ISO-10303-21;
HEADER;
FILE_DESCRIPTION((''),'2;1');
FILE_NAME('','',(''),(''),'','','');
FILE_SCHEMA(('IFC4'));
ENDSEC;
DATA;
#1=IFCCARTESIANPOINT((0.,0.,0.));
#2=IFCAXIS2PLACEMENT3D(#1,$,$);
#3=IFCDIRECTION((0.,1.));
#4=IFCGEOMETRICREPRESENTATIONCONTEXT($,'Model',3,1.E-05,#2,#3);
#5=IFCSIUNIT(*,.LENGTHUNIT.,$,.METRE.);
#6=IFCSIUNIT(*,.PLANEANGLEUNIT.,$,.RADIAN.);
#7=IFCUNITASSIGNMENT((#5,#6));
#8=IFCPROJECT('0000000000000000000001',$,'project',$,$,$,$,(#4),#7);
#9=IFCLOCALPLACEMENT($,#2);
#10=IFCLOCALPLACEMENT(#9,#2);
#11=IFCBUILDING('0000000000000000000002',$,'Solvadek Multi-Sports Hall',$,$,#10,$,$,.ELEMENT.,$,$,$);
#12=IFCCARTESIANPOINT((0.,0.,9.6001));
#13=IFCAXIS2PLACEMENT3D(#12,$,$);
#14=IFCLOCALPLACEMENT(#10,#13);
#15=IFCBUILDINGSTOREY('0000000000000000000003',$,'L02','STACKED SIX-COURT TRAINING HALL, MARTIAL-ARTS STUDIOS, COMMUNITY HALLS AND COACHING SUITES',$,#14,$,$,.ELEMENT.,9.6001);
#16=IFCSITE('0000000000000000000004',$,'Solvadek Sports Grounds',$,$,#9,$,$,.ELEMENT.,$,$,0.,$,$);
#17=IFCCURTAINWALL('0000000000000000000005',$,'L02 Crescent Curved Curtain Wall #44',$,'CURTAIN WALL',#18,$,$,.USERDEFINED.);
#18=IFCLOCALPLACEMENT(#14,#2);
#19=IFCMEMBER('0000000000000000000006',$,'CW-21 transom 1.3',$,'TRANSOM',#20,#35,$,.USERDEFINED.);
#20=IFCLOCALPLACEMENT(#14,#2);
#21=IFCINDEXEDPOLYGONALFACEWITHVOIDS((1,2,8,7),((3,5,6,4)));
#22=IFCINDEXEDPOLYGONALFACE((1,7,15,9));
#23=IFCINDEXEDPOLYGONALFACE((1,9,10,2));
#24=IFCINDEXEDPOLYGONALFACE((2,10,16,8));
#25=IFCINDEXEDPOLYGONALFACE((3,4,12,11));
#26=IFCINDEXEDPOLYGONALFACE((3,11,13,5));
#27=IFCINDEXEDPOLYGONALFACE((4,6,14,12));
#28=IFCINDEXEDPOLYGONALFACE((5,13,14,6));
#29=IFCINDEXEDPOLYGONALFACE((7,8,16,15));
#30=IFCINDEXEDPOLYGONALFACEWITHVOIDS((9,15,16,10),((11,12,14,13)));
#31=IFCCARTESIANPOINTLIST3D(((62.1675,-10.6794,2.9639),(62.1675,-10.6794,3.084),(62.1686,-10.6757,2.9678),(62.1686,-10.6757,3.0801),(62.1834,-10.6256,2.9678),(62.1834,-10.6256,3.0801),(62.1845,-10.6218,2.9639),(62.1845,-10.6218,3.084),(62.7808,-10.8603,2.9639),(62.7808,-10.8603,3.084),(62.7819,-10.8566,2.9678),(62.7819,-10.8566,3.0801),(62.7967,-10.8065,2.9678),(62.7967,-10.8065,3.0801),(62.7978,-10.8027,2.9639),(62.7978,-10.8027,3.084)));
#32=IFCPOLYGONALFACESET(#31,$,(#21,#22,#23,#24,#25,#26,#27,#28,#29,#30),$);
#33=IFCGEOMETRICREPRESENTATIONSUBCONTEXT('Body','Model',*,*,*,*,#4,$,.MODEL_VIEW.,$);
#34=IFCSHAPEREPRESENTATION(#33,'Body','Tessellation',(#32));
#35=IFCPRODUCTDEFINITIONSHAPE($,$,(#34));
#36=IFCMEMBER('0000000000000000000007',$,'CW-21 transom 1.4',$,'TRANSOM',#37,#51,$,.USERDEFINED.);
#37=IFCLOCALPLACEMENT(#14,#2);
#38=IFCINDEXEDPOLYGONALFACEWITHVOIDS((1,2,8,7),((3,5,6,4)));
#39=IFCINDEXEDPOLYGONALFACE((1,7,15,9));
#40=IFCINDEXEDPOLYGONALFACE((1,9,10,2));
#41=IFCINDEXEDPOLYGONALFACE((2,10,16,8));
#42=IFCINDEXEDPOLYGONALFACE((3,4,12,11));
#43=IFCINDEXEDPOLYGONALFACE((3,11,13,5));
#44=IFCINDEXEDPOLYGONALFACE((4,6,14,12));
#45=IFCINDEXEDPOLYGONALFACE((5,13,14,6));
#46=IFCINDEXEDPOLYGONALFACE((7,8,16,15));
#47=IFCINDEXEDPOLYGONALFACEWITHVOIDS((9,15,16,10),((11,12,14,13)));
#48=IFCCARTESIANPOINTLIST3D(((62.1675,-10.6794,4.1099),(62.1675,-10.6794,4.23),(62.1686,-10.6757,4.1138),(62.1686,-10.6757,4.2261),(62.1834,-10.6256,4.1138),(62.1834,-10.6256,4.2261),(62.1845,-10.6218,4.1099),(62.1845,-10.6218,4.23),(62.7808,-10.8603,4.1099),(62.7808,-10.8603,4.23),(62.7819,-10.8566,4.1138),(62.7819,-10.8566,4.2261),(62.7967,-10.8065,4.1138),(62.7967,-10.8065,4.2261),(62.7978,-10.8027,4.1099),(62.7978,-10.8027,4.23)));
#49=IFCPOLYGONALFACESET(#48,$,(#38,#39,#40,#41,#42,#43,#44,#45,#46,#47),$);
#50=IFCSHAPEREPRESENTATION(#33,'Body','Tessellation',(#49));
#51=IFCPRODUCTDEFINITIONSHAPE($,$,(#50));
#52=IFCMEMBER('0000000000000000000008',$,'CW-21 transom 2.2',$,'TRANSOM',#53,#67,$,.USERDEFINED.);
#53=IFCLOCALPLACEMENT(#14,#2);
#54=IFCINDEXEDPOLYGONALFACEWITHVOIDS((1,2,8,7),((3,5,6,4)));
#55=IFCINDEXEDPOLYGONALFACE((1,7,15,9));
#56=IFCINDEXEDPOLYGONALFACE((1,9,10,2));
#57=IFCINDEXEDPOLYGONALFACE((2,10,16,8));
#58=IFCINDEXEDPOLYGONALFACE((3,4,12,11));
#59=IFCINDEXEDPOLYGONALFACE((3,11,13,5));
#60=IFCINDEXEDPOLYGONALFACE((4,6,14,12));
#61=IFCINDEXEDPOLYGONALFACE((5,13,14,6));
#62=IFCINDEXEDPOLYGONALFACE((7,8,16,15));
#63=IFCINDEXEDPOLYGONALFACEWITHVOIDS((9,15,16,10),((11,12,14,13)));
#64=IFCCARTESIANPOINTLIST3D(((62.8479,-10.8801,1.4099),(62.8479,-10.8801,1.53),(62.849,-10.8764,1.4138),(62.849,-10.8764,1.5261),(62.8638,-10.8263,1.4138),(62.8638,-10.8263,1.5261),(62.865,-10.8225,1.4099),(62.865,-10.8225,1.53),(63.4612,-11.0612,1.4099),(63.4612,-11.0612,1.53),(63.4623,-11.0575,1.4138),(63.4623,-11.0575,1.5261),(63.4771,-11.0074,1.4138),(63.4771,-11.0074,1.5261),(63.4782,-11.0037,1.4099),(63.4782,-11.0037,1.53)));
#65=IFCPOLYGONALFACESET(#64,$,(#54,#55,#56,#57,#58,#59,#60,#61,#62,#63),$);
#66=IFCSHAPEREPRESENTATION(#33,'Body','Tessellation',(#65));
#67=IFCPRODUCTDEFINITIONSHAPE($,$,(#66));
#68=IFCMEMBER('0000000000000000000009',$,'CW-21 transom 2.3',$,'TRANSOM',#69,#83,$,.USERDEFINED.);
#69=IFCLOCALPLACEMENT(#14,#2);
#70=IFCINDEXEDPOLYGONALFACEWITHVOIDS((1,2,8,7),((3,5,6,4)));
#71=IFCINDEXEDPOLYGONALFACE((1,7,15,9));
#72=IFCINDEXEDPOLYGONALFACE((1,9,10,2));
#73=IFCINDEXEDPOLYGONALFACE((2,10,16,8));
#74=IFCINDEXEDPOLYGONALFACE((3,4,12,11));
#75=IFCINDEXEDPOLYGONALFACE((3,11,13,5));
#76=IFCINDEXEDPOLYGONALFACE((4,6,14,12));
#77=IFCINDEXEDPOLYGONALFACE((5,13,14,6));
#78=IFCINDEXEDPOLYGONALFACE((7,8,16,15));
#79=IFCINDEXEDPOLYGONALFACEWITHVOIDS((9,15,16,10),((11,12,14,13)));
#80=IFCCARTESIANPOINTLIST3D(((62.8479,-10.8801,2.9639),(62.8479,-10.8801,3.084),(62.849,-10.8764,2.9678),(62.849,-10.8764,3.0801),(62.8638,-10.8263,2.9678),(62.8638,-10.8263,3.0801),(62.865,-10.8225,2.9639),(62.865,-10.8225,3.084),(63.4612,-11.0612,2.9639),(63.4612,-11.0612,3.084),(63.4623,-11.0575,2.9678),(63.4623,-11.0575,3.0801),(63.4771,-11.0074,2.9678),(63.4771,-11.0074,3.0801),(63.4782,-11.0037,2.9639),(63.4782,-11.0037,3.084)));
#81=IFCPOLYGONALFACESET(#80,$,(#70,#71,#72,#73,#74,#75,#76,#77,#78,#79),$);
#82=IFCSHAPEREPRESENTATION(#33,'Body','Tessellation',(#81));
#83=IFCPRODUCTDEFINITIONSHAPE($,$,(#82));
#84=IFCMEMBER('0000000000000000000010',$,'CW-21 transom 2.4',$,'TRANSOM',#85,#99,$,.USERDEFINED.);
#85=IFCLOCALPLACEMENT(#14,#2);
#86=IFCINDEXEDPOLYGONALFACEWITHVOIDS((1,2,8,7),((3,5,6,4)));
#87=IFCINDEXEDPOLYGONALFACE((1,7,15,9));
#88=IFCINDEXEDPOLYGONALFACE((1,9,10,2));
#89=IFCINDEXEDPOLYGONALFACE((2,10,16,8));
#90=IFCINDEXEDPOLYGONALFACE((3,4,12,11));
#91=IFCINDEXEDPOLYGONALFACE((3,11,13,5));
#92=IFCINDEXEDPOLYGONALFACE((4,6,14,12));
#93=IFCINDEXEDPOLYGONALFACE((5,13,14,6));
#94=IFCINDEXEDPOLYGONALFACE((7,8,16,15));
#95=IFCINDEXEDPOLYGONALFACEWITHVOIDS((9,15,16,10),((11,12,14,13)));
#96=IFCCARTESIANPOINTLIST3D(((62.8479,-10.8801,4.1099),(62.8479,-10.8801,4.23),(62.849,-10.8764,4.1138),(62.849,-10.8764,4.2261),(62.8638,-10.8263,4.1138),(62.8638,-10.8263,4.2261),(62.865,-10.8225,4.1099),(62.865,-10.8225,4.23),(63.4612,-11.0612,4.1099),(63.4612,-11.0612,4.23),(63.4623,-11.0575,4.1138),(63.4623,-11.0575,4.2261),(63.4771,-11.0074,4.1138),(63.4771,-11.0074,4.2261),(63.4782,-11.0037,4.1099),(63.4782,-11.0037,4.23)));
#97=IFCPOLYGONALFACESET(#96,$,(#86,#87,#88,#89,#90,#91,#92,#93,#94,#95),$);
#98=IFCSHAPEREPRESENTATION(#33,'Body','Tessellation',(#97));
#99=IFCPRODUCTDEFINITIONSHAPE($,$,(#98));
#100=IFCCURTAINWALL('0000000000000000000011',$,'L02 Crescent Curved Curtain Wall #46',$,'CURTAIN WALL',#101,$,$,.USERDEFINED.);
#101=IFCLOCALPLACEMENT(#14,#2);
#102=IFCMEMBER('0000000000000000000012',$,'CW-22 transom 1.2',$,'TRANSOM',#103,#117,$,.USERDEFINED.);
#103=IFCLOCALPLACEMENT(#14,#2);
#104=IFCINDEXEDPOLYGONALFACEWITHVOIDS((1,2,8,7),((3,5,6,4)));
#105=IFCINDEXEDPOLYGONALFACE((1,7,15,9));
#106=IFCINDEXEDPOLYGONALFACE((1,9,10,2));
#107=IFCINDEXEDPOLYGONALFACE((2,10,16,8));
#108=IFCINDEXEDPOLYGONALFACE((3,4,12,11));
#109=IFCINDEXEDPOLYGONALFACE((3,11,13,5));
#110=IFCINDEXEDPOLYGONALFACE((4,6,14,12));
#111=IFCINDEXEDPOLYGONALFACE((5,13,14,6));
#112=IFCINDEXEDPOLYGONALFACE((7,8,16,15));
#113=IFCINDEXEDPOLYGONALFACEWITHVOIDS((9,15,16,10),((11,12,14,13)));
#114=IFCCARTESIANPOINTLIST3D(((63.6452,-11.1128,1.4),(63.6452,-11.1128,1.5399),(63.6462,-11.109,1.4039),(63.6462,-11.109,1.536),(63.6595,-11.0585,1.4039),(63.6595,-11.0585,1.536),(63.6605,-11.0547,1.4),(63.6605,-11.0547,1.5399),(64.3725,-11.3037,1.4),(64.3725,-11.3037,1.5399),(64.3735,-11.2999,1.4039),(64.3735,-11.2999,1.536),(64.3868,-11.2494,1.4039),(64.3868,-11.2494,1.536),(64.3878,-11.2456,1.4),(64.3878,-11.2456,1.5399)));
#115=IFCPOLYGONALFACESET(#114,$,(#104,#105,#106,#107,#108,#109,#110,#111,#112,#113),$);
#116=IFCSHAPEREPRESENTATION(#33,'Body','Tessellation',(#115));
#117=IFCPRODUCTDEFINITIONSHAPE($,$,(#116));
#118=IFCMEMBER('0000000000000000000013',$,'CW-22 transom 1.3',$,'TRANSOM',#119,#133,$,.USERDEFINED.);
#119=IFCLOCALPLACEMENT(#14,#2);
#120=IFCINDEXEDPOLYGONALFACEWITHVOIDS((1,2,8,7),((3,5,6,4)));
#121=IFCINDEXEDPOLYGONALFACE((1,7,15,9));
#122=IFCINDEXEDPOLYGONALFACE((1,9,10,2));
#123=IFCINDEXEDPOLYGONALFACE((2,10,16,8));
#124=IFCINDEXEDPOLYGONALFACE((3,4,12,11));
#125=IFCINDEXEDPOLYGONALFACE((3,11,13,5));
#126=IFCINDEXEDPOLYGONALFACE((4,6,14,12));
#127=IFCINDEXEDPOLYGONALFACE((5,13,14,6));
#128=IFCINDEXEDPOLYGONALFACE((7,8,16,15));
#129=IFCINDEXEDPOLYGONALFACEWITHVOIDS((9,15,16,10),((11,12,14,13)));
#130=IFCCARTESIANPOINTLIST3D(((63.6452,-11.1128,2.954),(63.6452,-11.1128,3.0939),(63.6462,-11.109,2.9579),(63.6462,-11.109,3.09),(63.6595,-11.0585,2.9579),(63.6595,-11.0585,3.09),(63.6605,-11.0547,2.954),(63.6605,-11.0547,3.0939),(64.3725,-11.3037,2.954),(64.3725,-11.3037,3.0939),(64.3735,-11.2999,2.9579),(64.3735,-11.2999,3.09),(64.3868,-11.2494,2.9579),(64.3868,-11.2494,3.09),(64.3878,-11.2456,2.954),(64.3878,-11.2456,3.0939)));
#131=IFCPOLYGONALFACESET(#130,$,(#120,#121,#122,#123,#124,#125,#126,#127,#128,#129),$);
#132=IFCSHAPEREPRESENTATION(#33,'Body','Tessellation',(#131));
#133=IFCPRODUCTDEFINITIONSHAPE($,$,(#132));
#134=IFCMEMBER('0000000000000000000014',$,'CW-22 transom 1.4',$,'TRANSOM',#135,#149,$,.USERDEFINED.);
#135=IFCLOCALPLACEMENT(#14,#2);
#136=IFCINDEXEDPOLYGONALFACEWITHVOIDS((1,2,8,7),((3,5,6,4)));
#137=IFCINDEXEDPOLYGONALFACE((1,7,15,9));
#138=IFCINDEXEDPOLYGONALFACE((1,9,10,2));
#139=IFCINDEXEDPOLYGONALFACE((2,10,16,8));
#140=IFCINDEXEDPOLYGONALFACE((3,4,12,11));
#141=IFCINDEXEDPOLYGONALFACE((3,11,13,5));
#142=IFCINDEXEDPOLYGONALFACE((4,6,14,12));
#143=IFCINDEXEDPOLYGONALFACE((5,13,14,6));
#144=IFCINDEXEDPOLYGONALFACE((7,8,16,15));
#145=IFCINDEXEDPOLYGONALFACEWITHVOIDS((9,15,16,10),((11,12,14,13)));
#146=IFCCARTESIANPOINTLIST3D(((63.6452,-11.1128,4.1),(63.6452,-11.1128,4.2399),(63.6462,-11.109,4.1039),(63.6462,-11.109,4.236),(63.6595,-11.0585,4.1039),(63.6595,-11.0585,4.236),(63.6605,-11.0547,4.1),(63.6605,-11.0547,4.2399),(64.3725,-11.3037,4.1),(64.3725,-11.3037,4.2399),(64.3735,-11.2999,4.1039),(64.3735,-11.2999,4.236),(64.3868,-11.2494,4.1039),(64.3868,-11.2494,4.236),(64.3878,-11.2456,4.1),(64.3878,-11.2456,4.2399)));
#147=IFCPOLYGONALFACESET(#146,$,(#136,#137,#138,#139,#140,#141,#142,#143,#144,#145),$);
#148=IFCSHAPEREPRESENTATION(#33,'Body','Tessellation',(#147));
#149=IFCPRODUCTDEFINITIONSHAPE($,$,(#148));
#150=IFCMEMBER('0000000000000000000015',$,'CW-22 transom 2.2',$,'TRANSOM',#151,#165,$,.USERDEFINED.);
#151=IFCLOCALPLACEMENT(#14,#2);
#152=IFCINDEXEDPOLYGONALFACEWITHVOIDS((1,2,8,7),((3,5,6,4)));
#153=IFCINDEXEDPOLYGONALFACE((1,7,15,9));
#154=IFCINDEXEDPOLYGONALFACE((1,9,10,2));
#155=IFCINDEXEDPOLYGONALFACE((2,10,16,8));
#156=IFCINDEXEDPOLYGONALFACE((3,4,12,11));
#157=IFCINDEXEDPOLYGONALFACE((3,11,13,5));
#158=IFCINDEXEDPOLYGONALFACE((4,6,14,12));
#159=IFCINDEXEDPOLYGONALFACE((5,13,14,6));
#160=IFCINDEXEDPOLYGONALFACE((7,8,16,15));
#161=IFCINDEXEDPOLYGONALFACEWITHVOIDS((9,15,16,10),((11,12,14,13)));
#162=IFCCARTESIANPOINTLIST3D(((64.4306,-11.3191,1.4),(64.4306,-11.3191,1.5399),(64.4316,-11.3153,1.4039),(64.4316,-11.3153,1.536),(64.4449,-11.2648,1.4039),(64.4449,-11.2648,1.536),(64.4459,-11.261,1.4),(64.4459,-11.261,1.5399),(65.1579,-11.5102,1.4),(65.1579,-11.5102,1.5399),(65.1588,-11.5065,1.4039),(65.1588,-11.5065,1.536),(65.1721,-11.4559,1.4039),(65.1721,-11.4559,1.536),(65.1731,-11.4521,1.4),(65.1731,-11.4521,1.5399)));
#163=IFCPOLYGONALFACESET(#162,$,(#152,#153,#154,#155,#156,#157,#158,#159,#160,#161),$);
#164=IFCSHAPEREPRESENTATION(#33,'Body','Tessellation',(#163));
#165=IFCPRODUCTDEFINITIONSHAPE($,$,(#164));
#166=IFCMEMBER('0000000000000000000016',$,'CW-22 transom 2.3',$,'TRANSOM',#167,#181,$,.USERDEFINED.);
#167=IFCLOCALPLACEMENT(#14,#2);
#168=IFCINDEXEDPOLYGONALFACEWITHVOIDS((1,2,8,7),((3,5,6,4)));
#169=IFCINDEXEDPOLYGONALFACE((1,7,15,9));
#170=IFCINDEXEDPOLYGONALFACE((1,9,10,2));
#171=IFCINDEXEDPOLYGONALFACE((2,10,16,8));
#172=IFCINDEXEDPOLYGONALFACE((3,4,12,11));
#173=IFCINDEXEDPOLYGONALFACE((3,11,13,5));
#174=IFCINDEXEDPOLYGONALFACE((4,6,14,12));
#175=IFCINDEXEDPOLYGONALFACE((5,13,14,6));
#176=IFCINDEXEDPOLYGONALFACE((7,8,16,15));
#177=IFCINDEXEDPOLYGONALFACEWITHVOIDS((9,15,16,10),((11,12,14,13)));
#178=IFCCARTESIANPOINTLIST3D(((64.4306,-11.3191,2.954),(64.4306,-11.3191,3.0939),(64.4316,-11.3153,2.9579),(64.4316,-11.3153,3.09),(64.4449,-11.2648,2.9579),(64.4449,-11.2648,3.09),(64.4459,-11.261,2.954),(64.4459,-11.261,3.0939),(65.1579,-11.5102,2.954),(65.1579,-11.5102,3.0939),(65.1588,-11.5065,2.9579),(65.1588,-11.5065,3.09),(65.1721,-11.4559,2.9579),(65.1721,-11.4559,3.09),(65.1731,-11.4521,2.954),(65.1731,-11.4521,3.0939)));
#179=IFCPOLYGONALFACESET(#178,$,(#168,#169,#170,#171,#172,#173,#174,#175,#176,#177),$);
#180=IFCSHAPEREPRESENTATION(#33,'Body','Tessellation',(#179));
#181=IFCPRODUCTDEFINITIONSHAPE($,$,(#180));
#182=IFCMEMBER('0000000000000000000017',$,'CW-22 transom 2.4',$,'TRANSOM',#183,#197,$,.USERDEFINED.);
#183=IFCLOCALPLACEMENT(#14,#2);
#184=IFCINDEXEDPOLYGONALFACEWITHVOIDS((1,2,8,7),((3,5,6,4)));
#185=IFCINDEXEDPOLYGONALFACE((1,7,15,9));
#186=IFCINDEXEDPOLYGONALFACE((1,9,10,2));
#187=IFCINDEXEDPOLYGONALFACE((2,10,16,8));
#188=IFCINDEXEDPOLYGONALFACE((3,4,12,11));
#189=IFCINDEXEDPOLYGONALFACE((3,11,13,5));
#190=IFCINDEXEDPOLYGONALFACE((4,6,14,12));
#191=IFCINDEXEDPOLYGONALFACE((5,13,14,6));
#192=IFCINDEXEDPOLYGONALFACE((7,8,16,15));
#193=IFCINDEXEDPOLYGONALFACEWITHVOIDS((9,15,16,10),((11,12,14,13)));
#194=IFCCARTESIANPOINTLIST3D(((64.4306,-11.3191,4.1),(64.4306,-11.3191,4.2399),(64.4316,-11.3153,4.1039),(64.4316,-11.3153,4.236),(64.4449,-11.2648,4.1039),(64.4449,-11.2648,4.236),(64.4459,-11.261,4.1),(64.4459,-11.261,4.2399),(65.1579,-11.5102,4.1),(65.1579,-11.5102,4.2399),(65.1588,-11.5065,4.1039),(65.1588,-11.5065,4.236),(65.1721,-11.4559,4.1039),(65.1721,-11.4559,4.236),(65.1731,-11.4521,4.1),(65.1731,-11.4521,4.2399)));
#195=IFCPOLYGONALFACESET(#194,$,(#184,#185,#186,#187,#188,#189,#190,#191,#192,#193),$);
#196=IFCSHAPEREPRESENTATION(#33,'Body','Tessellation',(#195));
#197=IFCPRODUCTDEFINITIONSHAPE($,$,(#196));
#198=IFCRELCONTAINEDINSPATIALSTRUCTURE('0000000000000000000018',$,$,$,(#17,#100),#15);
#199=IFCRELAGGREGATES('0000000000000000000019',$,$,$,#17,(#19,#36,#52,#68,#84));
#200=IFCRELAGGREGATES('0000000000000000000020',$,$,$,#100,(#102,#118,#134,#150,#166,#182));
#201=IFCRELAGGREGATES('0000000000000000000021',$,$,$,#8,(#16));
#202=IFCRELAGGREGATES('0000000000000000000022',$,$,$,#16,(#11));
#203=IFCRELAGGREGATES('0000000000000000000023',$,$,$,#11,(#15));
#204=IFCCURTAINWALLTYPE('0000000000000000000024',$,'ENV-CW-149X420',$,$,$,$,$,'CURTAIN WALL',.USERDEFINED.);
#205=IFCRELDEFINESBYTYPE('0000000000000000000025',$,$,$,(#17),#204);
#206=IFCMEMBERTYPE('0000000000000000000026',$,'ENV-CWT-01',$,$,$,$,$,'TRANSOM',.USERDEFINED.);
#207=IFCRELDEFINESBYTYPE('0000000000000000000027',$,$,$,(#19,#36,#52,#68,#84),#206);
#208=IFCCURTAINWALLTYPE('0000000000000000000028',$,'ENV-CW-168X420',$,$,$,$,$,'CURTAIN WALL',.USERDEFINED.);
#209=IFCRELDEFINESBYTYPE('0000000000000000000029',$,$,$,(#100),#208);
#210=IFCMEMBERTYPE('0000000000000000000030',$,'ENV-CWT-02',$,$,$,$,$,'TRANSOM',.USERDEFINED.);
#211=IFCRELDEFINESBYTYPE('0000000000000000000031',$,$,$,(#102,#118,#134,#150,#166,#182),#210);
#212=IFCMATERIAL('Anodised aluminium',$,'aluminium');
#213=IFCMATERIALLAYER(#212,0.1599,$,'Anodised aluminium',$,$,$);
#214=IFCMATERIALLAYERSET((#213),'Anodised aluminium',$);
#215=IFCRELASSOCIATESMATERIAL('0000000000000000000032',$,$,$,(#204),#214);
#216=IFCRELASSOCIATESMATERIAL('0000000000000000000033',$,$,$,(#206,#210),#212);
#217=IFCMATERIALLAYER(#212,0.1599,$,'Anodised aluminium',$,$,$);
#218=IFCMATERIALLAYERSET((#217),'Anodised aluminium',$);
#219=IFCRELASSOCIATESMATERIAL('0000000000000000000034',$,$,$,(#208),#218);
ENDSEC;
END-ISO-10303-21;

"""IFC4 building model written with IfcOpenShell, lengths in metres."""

from ifc_helpers import new_model, si_unit, direction, frame, origin, origin_2d, place, context, subcontext, project, spatial, hollow_rectangle, extrude, material, layer, layer_set, material_profile, profile_set, type_object, element, aggregate, save


model = new_model("IFC4")

# Units and contexts
model_context = context("Model", 3, precision=1e-05, world=origin(), true_north=direction((0.0, 1.0)))
body_context = subcontext(model_context, "Body", "Model", "MODEL_VIEW")
ifc_project = project(units=[si_unit("LENGTHUNIT", "METRE"), si_unit("PLANEANGLEUNIT", "RADIAN")], contexts=[model_context])

# Site, building, storey
site_placement = place(None, origin())
site = spatial("IfcSite", under=ifc_project, at=site_placement, Name="Solvadek Sports Grounds", CompositionType="ELEMENT", RefElevation=0.0)
building_placement = place(site_placement, origin())
building = spatial("IfcBuilding", under=site, at=building_placement, Name="Solvadek Multi-Sports Hall", CompositionType="ELEMENT")
storey_placement = place(building_placement, frame((0.0, 0.0, 9.6001)))
storey = spatial("IfcBuildingStorey", under=building, at=storey_placement, Name="L02", Description="STACKED SIX-COURT TRAINING HALL, MARTIAL-ARTS STUDIOS, COMMUNITY HALLS AND COACHING SUITES", CompositionType="ELEMENT", Elevation=9.6001)

# Curtain walls, members
ifc_material_1 = material(Name="Anodised aluminium", Category="aluminium")
ifc_layer_1 = layer(ifc_material_1, 0.1599, Name="Anodised aluminium")
ifc_layer_set_1 = layer_set([ifc_layer_1], Name="Anodised aluminium")
curtain_wall_type_1 = type_object("IfcCurtainWallType", Name="ENV-CW-149X420", ElementType="CURTAIN WALL", PredefinedType="USERDEFINED", material=ifc_layer_set_1)
curtain_wall_1_placement = place(storey_placement, origin())
curtain_wall_1 = element("IfcCurtainWall", 1, at=curtain_wall_1_placement, inside=storey, type_object=curtain_wall_type_1, Name="L02 Crescent Curved Curtain Wall #44", ObjectType="CURTAIN WALL", PredefinedType="USERDEFINED")
ifc_material_profile_1 = material_profile(ifc_material_1, hollow_rectangle(XDim=0.0601, YDim=0.1201, WallThickness=0.0039, at=origin_2d()), Name="ALU-T 120x60x4")
ifc_profile_set_1 = profile_set([ifc_material_profile_1], Name="Anodised aluminium")
member_type_1 = type_object("IfcMemberType", Name="ENV-CWT-01", ElementType="TRANSOM", PredefinedType="USERDEFINED", material=ifc_profile_set_1)
member_1_placement = place(storey_placement, frame((62.176, -10.6506, 3.0239), z_axis=(0.95914, -0.282931, 0.0), x_axis=(0.282931, 0.95914, 0.0)))
member_1 = element("IfcMember", 2, at=member_1_placement, type_object=member_type_1, Name="CW-21 transom 1.3", ObjectType="TRANSOM", PredefinedType="USERDEFINED", context=body_context, shape_type="SweptSolid", body=[
    extrude(hollow_rectangle(XDim=0.0601, YDim=0.1201, WallThickness=0.0039, at=origin_2d()), origin(), (0.0, 0.0, 1.0), 0.6394),
])
member_2_placement = place(storey_placement, frame((62.176, -10.6506, 4.1699), z_axis=(0.95914, -0.282931, 0.0), x_axis=(0.282931, 0.95914, 0.0)))
member_2 = element("IfcMember", 3, at=member_2_placement, type_object=member_type_1, Name="CW-21 transom 1.4", ObjectType="TRANSOM", PredefinedType="USERDEFINED", context=body_context, shape_type="SweptSolid", body=[
    extrude(hollow_rectangle(XDim=0.0601, YDim=0.1201, WallThickness=0.0039, at=origin_2d()), origin(), (0.0, 0.0, 1.0), 0.6394),
])
member_3_placement = place(storey_placement, frame((62.8564, -10.8513, 1.47), z_axis=(0.959037, -0.283282, 0.0), x_axis=(0.283282, 0.959037, 0.0)))
member_3 = element("IfcMember", 4, at=member_3_placement, type_object=member_type_1, Name="CW-21 transom 2.2", ObjectType="TRANSOM", PredefinedType="USERDEFINED", context=body_context, shape_type="SweptSolid", body=[
    extrude(hollow_rectangle(XDim=0.0601, YDim=0.1201, WallThickness=0.0039, at=origin_2d()), origin(), (0.0, 0.0, 1.0), 0.6394),
])
member_4_placement = place(storey_placement, frame((62.8564, -10.8513, 3.0239), z_axis=(0.959037, -0.283282, 0.0), x_axis=(0.283282, 0.959037, 0.0)))
member_4 = element("IfcMember", 5, at=member_4_placement, type_object=member_type_1, Name="CW-21 transom 2.3", ObjectType="TRANSOM", PredefinedType="USERDEFINED", context=body_context, shape_type="SweptSolid", body=[
    extrude(hollow_rectangle(XDim=0.0601, YDim=0.1201, WallThickness=0.0039, at=origin_2d()), origin(), (0.0, 0.0, 1.0), 0.6394),
])
member_5_placement = place(storey_placement, frame((62.8564, -10.8513, 4.1699), z_axis=(0.959037, -0.283282, 0.0), x_axis=(0.283282, 0.959037, 0.0)))
member_5 = element("IfcMember", 6, at=member_5_placement, type_object=member_type_1, Name="CW-21 transom 2.4", ObjectType="TRANSOM", PredefinedType="USERDEFINED", context=body_context, shape_type="SweptSolid", body=[
    extrude(hollow_rectangle(XDim=0.0601, YDim=0.1201, WallThickness=0.0039, at=origin_2d()), origin(), (0.0, 0.0, 1.0), 0.6394),
])
ifc_layer_2 = layer(ifc_material_1, 0.1599, Name="Anodised aluminium")
ifc_layer_set_2 = layer_set([ifc_layer_2], Name="Anodised aluminium")
curtain_wall_type_2 = type_object("IfcCurtainWallType", Name="ENV-CW-168X420", ElementType="CURTAIN WALL", PredefinedType="USERDEFINED", material=ifc_layer_set_2)
curtain_wall_2_placement = place(storey_placement, origin())
curtain_wall_2 = element("IfcCurtainWall", 7, at=curtain_wall_2_placement, inside=storey, type_object=curtain_wall_type_2, Name="L02 Crescent Curved Curtain Wall #46", ObjectType="CURTAIN WALL", PredefinedType="USERDEFINED")
ifc_material_profile_2 = material_profile(ifc_material_1, hollow_rectangle(XDim=0.0601, YDim=0.1399, WallThickness=0.0039, at=origin_2d()), Name="ALU-T 140x60x4")
ifc_profile_set_2 = profile_set([ifc_material_profile_2], Name="Anodised aluminium")
member_type_2 = type_object("IfcMemberType", Name="ENV-CWT-02", ElementType="TRANSOM", PredefinedType="USERDEFINED", material=ifc_profile_set_2)
member_6_placement = place(storey_placement, frame((63.6528, -11.0837, 1.47), z_axis=(0.96723, -0.253902, 0.0), x_axis=(0.253902, 0.96723, 0.0)))
member_6 = element("IfcMember", 8, at=member_6_placement, type_object=member_type_2, Name="CW-22 transom 1.2", ObjectType="TRANSOM", PredefinedType="USERDEFINED", context=body_context, shape_type="SweptSolid", body=[
    extrude(hollow_rectangle(XDim=0.0601, YDim=0.1399, WallThickness=0.0039, at=origin_2d()), origin(), (0.0, 0.0, 1.0), 0.752),
])
member_7_placement = place(storey_placement, frame((63.6528, -11.0837, 3.0239), z_axis=(0.96723, -0.253902, 0.0), x_axis=(0.253902, 0.96723, 0.0)))
member_7 = element("IfcMember", 9, at=member_7_placement, type_object=member_type_2, Name="CW-22 transom 1.3", ObjectType="TRANSOM", PredefinedType="USERDEFINED", context=body_context, shape_type="SweptSolid", body=[
    extrude(hollow_rectangle(XDim=0.0601, YDim=0.1399, WallThickness=0.0039, at=origin_2d()), origin(), (0.0, 0.0, 1.0), 0.752),
])
member_8_placement = place(storey_placement, frame((63.6528, -11.0837, 4.1699), z_axis=(0.96723, -0.253902, 0.0), x_axis=(0.253902, 0.96723, 0.0)))
member_8 = element("IfcMember", 10, at=member_8_placement, type_object=member_type_2, Name="CW-22 transom 1.4", ObjectType="TRANSOM", PredefinedType="USERDEFINED", context=body_context, shape_type="SweptSolid", body=[
    extrude(hollow_rectangle(XDim=0.0601, YDim=0.1399, WallThickness=0.0039, at=origin_2d()), origin(), (0.0, 0.0, 1.0), 0.752),
])
member_9_placement = place(storey_placement, frame((64.4382, -11.29, 1.47), z_axis=(0.96715, -0.254206, 0.0), x_axis=(0.254206, 0.96715, 0.0)))
member_9 = element("IfcMember", 11, at=member_9_placement, type_object=member_type_2, Name="CW-22 transom 2.2", ObjectType="TRANSOM", PredefinedType="USERDEFINED", context=body_context, shape_type="SweptSolid", body=[
    extrude(hollow_rectangle(XDim=0.0601, YDim=0.1399, WallThickness=0.0039, at=origin_2d()), origin(), (0.0, 0.0, 1.0), 0.752),
])
member_10_placement = place(storey_placement, frame((64.4382, -11.29, 3.0239), z_axis=(0.96715, -0.254206, 0.0), x_axis=(0.254206, 0.96715, 0.0)))
member_10 = element("IfcMember", 12, at=member_10_placement, type_object=member_type_2, Name="CW-22 transom 2.3", ObjectType="TRANSOM", PredefinedType="USERDEFINED", context=body_context, shape_type="SweptSolid", body=[
    extrude(hollow_rectangle(XDim=0.0601, YDim=0.1399, WallThickness=0.0039, at=origin_2d()), origin(), (0.0, 0.0, 1.0), 0.752),
])
member_11_placement = place(storey_placement, frame((64.4382, -11.29, 4.1699), z_axis=(0.96715, -0.254206, 0.0), x_axis=(0.254206, 0.96715, 0.0)))
member_11 = element("IfcMember", 13, at=member_11_placement, type_object=member_type_2, Name="CW-22 transom 2.4", ObjectType="TRANSOM", PredefinedType="USERDEFINED", context=body_context, shape_type="SweptSolid", body=[
    extrude(hollow_rectangle(XDim=0.0601, YDim=0.1399, WallThickness=0.0039, at=origin_2d()), origin(), (0.0, 0.0, 1.0), 0.752),
])

aggregate(curtain_wall_1, [member_1, member_2, member_3, member_4, member_5])
aggregate(curtain_wall_2, [member_6, member_7, member_8, member_9, member_10, member_11])

save(model, "model.ifc")
